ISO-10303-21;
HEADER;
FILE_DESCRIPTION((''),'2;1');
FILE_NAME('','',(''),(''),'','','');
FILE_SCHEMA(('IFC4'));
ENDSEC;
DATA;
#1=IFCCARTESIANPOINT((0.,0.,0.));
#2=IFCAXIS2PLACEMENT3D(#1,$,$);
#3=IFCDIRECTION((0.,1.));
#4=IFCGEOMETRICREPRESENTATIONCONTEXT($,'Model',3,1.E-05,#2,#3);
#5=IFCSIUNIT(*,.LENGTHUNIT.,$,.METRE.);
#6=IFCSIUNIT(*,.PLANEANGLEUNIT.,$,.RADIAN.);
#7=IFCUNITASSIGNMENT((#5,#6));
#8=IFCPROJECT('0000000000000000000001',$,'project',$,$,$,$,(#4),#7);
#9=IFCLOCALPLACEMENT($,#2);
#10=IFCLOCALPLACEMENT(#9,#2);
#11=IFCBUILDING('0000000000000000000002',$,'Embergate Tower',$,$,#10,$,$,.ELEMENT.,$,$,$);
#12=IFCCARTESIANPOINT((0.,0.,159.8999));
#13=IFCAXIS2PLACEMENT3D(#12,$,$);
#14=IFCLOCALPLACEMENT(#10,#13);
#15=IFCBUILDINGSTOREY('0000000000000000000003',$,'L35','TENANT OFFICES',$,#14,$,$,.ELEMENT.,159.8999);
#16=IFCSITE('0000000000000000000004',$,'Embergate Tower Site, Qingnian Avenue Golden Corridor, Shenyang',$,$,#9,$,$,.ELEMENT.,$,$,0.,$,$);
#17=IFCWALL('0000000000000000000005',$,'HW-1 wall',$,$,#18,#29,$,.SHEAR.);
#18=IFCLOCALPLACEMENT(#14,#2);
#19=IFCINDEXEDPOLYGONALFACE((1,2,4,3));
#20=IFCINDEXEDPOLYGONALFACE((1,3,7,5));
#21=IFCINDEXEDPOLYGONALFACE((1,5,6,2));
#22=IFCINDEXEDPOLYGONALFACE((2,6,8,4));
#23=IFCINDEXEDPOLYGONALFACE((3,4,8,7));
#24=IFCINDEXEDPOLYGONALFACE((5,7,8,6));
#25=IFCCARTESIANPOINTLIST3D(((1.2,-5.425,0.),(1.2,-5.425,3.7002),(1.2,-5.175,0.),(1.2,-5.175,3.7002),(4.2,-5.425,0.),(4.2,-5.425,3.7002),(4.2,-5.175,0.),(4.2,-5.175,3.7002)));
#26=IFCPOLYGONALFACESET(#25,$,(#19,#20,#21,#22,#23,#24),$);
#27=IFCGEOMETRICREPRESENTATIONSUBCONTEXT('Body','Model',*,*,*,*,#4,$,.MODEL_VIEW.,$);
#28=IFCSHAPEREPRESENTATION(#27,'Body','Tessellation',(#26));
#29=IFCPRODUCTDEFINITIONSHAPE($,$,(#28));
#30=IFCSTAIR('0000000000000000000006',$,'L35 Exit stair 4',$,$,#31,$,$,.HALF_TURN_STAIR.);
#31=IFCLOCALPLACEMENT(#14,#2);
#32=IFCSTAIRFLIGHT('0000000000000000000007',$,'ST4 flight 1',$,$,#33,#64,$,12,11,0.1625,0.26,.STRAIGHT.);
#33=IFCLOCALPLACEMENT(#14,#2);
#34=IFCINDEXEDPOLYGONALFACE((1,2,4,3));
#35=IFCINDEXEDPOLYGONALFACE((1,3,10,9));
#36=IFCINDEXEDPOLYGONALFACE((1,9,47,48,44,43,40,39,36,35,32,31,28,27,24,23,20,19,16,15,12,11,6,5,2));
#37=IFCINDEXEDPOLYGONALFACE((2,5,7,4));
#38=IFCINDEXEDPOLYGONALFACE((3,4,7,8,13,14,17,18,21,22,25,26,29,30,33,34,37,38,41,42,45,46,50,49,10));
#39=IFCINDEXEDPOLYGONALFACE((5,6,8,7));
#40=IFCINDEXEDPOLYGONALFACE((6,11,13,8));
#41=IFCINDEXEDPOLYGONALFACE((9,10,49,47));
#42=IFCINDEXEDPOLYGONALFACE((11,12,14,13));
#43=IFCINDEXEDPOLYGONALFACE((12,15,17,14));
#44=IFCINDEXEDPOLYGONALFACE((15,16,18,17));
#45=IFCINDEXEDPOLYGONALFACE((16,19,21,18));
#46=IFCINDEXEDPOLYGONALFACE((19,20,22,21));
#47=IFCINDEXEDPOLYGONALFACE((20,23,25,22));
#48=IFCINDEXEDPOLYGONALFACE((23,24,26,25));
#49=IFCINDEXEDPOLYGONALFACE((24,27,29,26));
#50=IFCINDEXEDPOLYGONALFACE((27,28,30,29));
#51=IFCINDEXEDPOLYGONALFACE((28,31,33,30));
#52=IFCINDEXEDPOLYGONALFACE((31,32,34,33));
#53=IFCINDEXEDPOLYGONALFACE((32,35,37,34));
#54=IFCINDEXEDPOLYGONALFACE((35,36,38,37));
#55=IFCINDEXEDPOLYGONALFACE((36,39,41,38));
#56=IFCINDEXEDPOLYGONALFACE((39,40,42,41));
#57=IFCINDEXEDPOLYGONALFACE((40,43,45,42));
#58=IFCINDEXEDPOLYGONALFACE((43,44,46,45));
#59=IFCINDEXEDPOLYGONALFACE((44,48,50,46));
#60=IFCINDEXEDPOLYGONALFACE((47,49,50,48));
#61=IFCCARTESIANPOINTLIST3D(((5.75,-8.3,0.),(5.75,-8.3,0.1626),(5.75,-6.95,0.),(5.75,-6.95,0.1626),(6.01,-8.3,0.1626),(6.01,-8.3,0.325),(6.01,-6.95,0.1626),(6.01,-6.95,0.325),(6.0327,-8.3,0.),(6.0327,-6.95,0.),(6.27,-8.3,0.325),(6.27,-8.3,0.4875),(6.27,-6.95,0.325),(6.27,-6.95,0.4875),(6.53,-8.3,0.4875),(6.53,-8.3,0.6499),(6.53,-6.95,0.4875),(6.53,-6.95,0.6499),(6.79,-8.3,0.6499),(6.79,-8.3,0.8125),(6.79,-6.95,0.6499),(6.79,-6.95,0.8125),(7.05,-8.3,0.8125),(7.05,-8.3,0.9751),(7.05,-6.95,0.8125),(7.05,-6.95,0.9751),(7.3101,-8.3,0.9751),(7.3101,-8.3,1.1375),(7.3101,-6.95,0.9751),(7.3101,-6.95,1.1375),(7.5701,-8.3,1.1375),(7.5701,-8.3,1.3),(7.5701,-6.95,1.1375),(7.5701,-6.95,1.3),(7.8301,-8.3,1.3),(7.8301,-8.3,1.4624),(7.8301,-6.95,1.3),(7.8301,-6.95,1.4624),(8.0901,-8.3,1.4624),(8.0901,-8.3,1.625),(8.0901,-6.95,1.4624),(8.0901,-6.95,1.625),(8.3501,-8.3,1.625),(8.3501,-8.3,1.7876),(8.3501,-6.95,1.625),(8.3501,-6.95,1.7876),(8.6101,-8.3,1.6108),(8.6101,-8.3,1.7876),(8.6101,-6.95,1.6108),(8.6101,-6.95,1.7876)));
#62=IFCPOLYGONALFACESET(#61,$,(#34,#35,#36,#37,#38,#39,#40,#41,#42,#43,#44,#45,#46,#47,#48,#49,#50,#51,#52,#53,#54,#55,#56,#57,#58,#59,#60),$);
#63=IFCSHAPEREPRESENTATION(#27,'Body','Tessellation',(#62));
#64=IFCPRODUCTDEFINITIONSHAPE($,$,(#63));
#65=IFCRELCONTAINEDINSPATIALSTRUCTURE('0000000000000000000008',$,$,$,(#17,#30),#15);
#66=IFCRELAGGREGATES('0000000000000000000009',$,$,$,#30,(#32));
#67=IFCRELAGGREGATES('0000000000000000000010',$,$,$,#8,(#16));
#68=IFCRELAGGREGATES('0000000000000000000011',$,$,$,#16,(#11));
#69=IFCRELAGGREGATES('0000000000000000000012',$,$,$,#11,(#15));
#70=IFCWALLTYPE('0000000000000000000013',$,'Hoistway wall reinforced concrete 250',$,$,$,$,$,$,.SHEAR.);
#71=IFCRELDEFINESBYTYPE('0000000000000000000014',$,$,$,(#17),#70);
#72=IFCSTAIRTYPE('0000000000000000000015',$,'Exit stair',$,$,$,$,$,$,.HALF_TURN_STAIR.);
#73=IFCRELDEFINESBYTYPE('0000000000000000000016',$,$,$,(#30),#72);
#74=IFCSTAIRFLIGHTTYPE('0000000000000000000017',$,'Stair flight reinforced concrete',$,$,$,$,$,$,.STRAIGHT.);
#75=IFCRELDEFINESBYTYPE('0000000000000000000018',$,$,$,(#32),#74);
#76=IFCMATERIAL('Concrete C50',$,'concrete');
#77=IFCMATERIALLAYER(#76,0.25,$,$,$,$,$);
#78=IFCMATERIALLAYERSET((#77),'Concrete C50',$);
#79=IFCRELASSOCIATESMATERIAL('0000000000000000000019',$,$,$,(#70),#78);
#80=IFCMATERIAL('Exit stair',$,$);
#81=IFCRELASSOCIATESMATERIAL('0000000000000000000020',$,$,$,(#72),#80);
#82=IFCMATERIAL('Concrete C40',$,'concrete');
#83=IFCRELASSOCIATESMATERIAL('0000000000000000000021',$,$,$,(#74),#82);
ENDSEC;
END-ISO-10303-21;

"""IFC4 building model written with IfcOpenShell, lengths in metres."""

from ifc_helpers import new_model, si_unit, direction, frame, frame_2d, origin, place, context, subcontext, project, spatial, polyline, rectangle, outline, extrude, source, transform, mapped, material, layer, layer_set, type_object, element, aggregate, save


model = new_model("IFC4")

# Units and contexts
model_context = context("Model", 3, precision=1e-05, world=origin(), true_north=direction((0.0, 1.0)))
body_context = subcontext(model_context, "Body", "Model", "MODEL_VIEW")
ifc_project = project(units=[si_unit("LENGTHUNIT", "METRE"), si_unit("PLANEANGLEUNIT", "RADIAN")], contexts=[model_context])

# Site, building, storey
site_placement = place(None, origin())
site = spatial("IfcSite", under=ifc_project, at=site_placement, Name="Embergate Tower Site, Qingnian Avenue Golden Corridor, Shenyang", CompositionType="ELEMENT", RefElevation=0.0)
building_placement = place(site_placement, origin())
building = spatial("IfcBuilding", under=site, at=building_placement, Name="Embergate Tower", CompositionType="ELEMENT")
storey_placement = place(building_placement, frame((0.0, 0.0, 159.8999)))
storey = spatial("IfcBuildingStorey", under=building, at=storey_placement, Name="L35", Description="TENANT OFFICES", CompositionType="ELEMENT", Elevation=159.8999)

# Shared definitions
ifc_material_1 = material(Name="Concrete C50", Category="concrete")
ifc_layer_1 = layer(ifc_material_1, 0.25)
ifc_layer_set_1 = layer_set([ifc_layer_1], Name="Concrete C50")
wall_type_1 = type_object("IfcWallType", Name="Hoistway wall reinforced concrete 250", PredefinedType="SHEAR", material=ifc_layer_set_1)

# Wall
shared_shape_1 = source(origin(), body_context, "Body", "SweptSolid", [
    extrude(rectangle(XDim=3.0, YDim=0.25, at=frame_2d((1.5, 0.0))), origin(), (0.0, 0.0, 1.0), 3.7002),
])
wall_1_placement = place(storey_placement, frame((1.2, -5.3, 0.0), z_axis=(0.0, 0.0, 1.0), x_axis=(1.0, 0.0, 0.0)))
element("IfcWall", 1, at=wall_1_placement, inside=storey, type_object=wall_type_1, Name="HW-1 wall", PredefinedType="SHEAR", context=body_context, shape_type="MappedRepresentation", body=[
    mapped(shared_shape_1, transform((0.0, 0.0, 0.0))),
])

# Stair, stair flight
ifc_material_2 = material(Name="Exit stair")
stair_type = type_object("IfcStairType", Name="Exit stair", PredefinedType="HALF_TURN_STAIR", material=ifc_material_2)
stair_placement = place(storey_placement, origin())
stair = element("IfcStair", 2, at=stair_placement, inside=storey, type_object=stair_type, Name="L35 Exit stair 4", PredefinedType="HALF_TURN_STAIR")
ifc_material_3 = material(Name="Concrete C40", Category="concrete")
stair_flight_type = type_object("IfcStairFlightType", Name="Stair flight reinforced concrete", PredefinedType="STRAIGHT", material=ifc_material_3)
shared_shape_2 = source(origin(), body_context, "Body", "SweptSolid", [
    extrude(outline(polyline([(0.0, 0.0), (0.0, 0.1626), (0.26, 0.1626), (0.26, 0.325), (0.52, 0.325), (0.52, 0.4875), (0.78, 0.4875), (0.78, 0.6499), (1.04, 0.6499), (1.04, 0.8125), (1.3, 0.8125), (1.3, 0.9751), (1.5601, 0.9751), (1.5601, 1.1375), (1.8201, 1.1375), (1.8201, 1.3), (2.0801, 1.3), (2.0801, 1.4624), (2.3401, 1.4624), (2.3401, 1.625), (2.6001, 1.625), (2.6001, 1.7876), (2.8601, 1.7876), (2.8601, 1.95), (2.8601, 1.6108), (0.2827, 0.0), (0.0, 0.0)])), frame((0.0, 0.675, 0.0), z_axis=(0.0, -1.0, 0.0), x_axis=(1.0, 0.0, 0.0)), (0.0, 0.0, 1.0), 1.3501),
])
stair_flight_placement = place(storey_placement, frame((5.75, -7.625, 0.0), z_axis=(0.0, 0.0, 1.0), x_axis=(1.0, 0.0, 0.0)))
stair_flight = element("IfcStairFlight", 3, at=stair_flight_placement, type_object=stair_flight_type, Name="ST4 flight 1", NumberOfRisers=12, NumberOfTreads=11, PredefinedType="STRAIGHT", RiserHeight=0.1625, TreadLength=0.26, context=body_context, shape_type="MappedRepresentation", body=[
    mapped(shared_shape_2, transform((0.0, 0.0, 0.0))),
])
aggregate(stair, [stair_flight])

save(model, "model.ifc")
